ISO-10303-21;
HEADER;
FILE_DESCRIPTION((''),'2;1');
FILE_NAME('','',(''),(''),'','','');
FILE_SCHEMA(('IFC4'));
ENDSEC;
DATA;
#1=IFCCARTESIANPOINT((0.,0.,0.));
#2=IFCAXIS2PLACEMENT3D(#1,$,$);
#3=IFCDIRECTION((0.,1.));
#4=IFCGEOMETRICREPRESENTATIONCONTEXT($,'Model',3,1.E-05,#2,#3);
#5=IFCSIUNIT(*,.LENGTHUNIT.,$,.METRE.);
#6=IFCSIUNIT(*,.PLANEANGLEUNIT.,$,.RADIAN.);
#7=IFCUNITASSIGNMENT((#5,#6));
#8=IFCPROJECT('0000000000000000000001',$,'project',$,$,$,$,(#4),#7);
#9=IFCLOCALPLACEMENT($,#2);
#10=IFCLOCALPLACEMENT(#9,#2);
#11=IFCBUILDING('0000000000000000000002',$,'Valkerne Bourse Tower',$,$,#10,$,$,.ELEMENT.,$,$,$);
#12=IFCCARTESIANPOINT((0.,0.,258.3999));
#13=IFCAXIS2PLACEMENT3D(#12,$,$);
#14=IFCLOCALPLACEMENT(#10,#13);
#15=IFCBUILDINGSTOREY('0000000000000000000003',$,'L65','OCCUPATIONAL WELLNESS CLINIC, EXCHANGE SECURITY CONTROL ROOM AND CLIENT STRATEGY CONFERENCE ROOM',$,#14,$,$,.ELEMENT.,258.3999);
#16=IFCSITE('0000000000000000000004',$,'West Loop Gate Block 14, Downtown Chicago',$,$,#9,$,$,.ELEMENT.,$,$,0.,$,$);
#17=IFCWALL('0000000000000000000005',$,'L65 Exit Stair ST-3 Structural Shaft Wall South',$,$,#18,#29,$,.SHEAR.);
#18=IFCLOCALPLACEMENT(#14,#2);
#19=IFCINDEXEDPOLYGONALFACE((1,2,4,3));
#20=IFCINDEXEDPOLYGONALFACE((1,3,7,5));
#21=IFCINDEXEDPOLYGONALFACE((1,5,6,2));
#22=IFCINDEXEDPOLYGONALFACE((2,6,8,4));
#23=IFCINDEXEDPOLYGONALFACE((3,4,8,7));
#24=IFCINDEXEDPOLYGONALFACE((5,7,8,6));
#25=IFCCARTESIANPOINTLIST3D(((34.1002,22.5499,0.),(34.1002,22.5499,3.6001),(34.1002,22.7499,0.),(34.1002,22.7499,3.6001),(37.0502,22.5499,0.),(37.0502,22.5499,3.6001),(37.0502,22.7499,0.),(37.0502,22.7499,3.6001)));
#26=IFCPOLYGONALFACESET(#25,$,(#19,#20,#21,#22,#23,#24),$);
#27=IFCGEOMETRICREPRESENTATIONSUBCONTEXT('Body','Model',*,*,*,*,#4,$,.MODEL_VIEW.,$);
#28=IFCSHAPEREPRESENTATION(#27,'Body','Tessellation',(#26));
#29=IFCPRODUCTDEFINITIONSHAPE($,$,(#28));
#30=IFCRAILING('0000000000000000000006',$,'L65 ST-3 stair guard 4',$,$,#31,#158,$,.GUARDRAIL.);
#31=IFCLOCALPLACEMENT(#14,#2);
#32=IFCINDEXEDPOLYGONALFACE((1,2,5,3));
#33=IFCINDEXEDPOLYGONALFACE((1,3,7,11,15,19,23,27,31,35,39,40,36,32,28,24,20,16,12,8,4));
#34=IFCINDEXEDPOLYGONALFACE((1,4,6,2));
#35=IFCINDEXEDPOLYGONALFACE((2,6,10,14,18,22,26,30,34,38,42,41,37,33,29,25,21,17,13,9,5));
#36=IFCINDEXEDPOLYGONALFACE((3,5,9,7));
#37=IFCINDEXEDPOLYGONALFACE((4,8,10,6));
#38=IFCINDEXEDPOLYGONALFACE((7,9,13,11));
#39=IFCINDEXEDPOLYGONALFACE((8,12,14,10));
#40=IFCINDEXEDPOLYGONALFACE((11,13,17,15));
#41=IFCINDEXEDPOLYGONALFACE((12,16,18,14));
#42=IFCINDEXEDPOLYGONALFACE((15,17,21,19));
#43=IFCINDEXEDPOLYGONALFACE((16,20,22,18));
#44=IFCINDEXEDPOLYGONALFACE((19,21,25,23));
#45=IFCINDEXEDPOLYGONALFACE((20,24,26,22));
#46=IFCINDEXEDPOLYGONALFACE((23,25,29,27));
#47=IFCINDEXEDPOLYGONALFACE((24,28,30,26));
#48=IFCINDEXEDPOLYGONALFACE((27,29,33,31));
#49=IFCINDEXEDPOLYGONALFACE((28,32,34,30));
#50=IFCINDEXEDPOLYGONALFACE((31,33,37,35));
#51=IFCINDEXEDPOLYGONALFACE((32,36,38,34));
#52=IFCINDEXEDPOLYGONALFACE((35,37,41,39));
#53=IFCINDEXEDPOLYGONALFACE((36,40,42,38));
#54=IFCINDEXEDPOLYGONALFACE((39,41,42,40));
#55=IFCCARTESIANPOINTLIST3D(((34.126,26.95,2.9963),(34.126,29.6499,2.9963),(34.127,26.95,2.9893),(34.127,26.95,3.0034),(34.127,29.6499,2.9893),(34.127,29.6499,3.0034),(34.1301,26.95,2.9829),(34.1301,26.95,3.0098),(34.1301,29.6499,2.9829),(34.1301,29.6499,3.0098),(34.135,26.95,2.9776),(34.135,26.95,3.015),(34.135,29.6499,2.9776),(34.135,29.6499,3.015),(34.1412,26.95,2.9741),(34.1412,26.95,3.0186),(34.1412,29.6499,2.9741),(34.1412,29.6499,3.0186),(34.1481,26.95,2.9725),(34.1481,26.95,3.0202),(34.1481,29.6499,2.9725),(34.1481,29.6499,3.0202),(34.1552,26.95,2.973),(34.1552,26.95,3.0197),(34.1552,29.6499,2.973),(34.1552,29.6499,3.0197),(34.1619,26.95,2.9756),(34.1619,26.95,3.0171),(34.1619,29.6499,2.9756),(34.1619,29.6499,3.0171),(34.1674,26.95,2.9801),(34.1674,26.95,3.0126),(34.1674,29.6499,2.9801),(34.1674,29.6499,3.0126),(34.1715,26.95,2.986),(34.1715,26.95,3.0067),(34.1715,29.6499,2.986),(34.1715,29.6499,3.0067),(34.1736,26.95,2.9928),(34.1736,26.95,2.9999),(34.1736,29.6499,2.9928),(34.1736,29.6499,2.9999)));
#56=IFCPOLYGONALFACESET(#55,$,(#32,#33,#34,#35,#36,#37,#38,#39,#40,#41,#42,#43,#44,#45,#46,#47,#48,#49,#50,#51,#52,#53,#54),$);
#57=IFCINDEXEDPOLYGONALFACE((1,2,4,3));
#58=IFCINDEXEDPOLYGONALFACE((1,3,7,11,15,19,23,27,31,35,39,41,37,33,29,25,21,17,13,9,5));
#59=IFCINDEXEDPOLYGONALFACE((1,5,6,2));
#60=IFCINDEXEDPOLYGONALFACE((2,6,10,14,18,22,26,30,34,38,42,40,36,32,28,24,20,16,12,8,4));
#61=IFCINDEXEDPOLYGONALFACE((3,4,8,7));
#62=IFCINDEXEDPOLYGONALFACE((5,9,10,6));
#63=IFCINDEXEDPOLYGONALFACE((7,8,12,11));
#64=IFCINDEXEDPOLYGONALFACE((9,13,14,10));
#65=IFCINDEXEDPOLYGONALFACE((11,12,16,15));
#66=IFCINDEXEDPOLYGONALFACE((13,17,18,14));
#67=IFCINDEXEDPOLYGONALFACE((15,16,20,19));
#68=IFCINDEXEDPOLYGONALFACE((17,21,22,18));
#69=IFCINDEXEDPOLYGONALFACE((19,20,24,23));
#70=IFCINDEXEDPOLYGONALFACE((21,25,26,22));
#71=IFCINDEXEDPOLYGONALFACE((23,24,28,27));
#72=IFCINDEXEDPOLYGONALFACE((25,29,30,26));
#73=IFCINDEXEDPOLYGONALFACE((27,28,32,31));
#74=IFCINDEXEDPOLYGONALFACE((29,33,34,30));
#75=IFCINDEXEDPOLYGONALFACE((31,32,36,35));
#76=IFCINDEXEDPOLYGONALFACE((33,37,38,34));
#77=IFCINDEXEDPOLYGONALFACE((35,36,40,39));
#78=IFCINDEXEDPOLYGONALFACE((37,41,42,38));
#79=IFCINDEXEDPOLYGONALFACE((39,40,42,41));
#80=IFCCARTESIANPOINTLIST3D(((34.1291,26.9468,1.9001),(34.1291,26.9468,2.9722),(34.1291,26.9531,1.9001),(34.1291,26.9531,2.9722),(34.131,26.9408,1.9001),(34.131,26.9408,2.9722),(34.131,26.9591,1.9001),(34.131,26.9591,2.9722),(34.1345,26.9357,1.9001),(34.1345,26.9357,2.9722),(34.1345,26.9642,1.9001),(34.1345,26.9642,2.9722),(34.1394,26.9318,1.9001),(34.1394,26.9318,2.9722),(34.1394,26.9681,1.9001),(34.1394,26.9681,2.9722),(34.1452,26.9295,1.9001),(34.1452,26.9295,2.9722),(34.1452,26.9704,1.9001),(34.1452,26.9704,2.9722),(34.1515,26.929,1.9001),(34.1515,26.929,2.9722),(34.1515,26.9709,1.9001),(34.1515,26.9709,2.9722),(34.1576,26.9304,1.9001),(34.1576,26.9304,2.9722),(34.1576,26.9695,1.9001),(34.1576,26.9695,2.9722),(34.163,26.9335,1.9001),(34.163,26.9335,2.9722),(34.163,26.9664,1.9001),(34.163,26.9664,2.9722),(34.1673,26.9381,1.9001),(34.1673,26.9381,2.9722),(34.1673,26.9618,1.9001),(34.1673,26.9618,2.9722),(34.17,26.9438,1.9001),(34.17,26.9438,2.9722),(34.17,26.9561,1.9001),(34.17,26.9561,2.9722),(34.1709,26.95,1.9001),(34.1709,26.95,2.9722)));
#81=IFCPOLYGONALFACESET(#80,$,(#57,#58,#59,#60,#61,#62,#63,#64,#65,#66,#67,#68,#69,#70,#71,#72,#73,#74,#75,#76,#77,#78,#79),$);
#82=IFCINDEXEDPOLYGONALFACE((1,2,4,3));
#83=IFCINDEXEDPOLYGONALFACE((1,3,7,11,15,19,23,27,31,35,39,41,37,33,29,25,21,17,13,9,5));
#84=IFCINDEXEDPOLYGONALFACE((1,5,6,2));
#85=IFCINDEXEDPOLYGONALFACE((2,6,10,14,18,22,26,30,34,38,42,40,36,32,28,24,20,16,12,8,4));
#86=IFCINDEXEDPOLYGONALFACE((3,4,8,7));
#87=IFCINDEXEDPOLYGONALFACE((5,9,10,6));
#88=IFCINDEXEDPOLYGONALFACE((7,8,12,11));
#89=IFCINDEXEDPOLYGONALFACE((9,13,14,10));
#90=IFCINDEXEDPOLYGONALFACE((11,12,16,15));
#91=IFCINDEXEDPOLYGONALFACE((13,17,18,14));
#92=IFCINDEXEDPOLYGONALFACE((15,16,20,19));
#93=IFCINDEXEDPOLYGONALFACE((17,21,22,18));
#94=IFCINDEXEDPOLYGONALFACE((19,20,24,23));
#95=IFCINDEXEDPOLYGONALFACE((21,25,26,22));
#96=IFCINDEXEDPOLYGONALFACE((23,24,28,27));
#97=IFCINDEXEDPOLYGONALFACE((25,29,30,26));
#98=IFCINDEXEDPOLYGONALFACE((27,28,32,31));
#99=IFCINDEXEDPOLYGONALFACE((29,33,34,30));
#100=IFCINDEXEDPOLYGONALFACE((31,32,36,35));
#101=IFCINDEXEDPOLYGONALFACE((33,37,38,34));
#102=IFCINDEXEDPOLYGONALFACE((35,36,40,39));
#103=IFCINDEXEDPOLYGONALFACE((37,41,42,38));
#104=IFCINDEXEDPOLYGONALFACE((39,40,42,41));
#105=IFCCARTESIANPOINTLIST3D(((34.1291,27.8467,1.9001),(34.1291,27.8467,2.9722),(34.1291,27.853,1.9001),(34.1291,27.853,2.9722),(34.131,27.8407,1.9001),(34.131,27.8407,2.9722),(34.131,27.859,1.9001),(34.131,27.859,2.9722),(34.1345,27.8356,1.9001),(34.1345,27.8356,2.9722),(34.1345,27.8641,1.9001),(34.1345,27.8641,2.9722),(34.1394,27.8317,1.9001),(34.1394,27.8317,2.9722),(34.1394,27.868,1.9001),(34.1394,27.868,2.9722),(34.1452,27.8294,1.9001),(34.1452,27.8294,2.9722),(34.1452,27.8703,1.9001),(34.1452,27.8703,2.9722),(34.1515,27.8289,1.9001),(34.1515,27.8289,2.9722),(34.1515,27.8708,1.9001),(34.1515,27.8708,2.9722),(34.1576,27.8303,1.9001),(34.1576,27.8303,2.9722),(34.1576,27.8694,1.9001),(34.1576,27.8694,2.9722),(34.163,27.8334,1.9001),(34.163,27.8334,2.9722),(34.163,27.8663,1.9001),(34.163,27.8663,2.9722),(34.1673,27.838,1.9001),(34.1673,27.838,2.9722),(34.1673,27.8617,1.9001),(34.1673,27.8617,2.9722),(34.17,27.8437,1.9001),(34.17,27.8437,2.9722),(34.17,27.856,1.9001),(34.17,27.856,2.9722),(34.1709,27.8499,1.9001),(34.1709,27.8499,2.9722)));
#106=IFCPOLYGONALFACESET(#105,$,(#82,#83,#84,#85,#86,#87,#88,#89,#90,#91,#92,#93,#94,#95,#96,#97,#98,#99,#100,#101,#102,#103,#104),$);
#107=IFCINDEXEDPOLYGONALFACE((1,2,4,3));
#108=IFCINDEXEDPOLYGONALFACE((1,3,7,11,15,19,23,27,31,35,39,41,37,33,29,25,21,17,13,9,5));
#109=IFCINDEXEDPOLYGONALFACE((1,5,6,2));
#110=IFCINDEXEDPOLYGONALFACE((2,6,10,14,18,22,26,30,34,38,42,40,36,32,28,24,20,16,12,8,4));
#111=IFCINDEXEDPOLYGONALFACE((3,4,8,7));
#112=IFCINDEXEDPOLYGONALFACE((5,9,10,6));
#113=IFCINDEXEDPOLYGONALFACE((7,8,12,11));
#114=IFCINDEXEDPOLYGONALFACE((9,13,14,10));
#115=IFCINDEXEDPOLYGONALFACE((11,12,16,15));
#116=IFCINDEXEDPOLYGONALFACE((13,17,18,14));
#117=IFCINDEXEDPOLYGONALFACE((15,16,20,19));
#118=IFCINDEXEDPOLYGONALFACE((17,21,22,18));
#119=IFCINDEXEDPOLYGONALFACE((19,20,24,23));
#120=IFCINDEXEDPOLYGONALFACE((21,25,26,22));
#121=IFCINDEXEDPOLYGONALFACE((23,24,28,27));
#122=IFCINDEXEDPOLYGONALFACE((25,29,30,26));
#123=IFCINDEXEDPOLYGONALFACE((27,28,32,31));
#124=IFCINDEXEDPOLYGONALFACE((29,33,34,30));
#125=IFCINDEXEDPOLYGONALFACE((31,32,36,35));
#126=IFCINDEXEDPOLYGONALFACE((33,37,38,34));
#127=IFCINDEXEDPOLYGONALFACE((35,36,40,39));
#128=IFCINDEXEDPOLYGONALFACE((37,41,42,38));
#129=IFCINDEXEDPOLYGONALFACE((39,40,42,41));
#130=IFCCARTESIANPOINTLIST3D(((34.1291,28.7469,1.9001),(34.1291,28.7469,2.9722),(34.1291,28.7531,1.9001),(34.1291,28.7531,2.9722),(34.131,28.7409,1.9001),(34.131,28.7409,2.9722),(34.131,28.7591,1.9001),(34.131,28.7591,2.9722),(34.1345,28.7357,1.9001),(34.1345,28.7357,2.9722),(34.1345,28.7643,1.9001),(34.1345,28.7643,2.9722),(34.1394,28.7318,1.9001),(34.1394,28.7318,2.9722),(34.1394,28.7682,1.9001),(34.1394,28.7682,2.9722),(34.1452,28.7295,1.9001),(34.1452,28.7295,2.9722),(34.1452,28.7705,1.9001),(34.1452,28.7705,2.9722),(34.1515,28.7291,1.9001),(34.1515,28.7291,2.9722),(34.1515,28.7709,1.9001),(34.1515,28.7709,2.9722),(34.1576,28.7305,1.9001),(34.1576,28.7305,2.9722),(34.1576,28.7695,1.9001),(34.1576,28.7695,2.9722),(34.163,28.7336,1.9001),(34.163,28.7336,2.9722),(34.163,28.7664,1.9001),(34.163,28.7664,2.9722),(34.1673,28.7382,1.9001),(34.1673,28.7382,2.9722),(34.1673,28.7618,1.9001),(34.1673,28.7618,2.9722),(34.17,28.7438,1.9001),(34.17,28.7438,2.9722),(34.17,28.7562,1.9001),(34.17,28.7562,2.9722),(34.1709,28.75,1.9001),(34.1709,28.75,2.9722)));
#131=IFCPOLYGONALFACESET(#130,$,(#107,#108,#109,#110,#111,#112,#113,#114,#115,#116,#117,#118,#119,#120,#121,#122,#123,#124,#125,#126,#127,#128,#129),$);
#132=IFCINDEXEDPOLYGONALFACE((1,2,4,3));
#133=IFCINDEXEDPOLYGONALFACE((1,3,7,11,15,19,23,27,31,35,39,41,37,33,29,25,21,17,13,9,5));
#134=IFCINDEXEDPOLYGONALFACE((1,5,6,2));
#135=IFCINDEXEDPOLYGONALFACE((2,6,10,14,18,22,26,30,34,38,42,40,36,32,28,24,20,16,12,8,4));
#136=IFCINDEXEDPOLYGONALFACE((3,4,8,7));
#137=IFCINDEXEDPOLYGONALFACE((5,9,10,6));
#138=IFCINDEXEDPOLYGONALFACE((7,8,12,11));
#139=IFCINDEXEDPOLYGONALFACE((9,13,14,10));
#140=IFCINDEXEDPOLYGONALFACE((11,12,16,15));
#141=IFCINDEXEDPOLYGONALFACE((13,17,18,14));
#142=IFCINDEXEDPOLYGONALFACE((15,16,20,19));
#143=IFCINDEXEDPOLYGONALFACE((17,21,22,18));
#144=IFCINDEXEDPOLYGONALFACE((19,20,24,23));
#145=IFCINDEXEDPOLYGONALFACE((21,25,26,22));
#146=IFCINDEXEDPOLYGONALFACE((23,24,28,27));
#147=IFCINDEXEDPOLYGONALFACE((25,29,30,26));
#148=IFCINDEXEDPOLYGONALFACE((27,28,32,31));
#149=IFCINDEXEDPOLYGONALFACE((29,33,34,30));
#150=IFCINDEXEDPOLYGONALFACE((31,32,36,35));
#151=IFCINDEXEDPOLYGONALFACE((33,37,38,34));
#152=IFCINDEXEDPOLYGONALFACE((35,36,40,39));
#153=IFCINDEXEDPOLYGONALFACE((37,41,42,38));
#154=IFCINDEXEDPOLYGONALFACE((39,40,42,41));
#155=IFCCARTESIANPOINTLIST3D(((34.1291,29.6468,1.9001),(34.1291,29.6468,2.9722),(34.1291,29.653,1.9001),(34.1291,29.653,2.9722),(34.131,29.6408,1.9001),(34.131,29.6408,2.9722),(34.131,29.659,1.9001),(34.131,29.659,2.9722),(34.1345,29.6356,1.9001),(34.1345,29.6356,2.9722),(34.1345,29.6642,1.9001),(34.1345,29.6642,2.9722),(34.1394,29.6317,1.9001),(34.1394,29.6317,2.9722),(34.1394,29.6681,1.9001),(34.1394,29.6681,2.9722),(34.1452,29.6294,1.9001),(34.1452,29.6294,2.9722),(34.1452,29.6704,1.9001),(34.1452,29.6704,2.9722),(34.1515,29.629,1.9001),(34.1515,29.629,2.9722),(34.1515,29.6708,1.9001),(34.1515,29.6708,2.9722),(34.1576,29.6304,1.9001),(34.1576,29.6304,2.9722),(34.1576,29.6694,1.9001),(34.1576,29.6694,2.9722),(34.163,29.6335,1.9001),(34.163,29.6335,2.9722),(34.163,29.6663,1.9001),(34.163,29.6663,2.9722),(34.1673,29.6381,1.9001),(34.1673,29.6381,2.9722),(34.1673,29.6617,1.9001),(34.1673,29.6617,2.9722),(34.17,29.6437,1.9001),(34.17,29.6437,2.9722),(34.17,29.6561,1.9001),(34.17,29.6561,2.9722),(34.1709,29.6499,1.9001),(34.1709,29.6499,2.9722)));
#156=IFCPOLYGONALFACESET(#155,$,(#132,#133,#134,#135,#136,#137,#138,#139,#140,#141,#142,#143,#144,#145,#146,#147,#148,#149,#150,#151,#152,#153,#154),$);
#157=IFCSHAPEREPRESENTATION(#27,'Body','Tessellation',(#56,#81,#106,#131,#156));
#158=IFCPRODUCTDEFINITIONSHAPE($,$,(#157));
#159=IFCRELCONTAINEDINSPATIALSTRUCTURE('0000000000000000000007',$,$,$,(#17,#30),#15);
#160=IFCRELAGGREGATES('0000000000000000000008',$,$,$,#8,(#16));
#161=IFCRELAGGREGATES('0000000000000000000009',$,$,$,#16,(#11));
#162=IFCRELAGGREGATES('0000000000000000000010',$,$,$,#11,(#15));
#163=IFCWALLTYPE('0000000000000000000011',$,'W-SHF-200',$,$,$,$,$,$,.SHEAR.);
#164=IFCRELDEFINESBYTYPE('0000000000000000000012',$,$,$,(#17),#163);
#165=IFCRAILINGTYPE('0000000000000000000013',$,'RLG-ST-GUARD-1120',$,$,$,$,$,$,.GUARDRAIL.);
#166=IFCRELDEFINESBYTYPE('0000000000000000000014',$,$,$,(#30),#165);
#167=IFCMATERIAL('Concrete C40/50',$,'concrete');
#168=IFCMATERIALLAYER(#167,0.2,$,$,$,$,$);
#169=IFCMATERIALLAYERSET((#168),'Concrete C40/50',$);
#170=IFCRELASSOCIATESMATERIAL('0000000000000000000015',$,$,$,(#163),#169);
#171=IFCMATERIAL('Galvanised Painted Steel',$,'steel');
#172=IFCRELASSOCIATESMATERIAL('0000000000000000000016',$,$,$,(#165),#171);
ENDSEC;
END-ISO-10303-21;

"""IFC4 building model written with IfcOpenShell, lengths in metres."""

from ifc_helpers import new_model, si_unit, direction, frame, frame_2d, origin, origin_2d, place, context, subcontext, project, spatial, rectangle, circle, extrude, material, layer, layer_set, type_object, element, save


model = new_model("IFC4")

# Units and contexts
model_context = context("Model", 3, precision=1e-05, world=origin(), true_north=direction((0.0, 1.0)))
body_context = subcontext(model_context, "Body", "Model", "MODEL_VIEW")
ifc_project = project(units=[si_unit("LENGTHUNIT", "METRE"), si_unit("PLANEANGLEUNIT", "RADIAN")], contexts=[model_context])

# Site, building, storey
site_placement = place(None, origin())
site = spatial("IfcSite", under=ifc_project, at=site_placement, Name="West Loop Gate Block 14, Downtown Chicago", CompositionType="ELEMENT", RefElevation=0.0)
building_placement = place(site_placement, origin())
building = spatial("IfcBuilding", under=site, at=building_placement, Name="Valkerne Bourse Tower", CompositionType="ELEMENT")
storey_placement = place(building_placement, frame((0.0, 0.0, 258.3999)))
storey = spatial("IfcBuildingStorey", under=building, at=storey_placement, Name="L65", Description="OCCUPATIONAL WELLNESS CLINIC, EXCHANGE SECURITY CONTROL ROOM AND CLIENT STRATEGY CONFERENCE ROOM", CompositionType="ELEMENT", Elevation=258.3999)

# Shared definitions
ifc_material_1 = material(Name="Concrete C40/50", Category="concrete")
ifc_layer_1 = layer(ifc_material_1, 0.2)
ifc_layer_set_1 = layer_set([ifc_layer_1], Name="Concrete C40/50")
wall_type_1 = type_object("IfcWallType", Name="W-SHF-200", PredefinedType="SHEAR", material=ifc_layer_set_1)
ifc_material_2 = material(Name="Galvanised Painted Steel", Category="steel")

# Wall
wall_1_placement = place(storey_placement, frame((34.1001, 22.6499, 0.0), z_axis=(0.0, 0.0, 1.0), x_axis=(1.0, 0.0, 0.0)))
element("IfcWall", 1, at=wall_1_placement, inside=storey, type_object=wall_type_1, Name="L65 Exit Stair ST-3 Structural Shaft Wall South", PredefinedType="SHEAR", context=body_context, shape_type="SweptSolid", body=[
    extrude(rectangle(XDim=2.95, YDim=0.2, at=frame_2d((1.4751, 0.0))), origin(), (0.0, 0.0, 1.0), 3.6001),
])

# Railing
railing_type = type_object("IfcRailingType", Name="RLG-ST-GUARD-1120", PredefinedType="GUARDRAIL", material=ifc_material_2)
railing_1_placement = place(storey_placement, frame((34.1499, 26.95, 1.9001)))
element("IfcRailing", 2, at=railing_1_placement, inside=storey, type_object=railing_type, Name="L65 ST-3 stair guard 4", PredefinedType="GUARDRAIL", context=body_context, shape_type="SweptSolid", body=[
    extrude(circle(Radius=0.0239, at=origin_2d()), frame((0.0, 0.0, 1.0962), z_axis=(0.0, 1.0, 0.0), x_axis=(-1.0, 0.0, 0.0)), (0.0, 0.0, 1.0), 2.7),
    extrude(circle(Radius=0.021, at=origin_2d()), origin(), (0.0, 0.0, 1.0), 1.072),
    extrude(circle(Radius=0.021, at=origin_2d()), frame((0.0, 0.8999, 0.0)), (0.0, 0.0, 1.0), 1.072),
    extrude(circle(Radius=0.021, at=origin_2d()), frame((0.0, 1.8, 0.0)), (0.0, 0.0, 1.0), 1.072),
    extrude(circle(Radius=0.021, at=origin_2d()), frame((0.0, 2.7, 0.0)), (0.0, 0.0, 1.0), 1.072),
])

save(model, "model.ifc")
